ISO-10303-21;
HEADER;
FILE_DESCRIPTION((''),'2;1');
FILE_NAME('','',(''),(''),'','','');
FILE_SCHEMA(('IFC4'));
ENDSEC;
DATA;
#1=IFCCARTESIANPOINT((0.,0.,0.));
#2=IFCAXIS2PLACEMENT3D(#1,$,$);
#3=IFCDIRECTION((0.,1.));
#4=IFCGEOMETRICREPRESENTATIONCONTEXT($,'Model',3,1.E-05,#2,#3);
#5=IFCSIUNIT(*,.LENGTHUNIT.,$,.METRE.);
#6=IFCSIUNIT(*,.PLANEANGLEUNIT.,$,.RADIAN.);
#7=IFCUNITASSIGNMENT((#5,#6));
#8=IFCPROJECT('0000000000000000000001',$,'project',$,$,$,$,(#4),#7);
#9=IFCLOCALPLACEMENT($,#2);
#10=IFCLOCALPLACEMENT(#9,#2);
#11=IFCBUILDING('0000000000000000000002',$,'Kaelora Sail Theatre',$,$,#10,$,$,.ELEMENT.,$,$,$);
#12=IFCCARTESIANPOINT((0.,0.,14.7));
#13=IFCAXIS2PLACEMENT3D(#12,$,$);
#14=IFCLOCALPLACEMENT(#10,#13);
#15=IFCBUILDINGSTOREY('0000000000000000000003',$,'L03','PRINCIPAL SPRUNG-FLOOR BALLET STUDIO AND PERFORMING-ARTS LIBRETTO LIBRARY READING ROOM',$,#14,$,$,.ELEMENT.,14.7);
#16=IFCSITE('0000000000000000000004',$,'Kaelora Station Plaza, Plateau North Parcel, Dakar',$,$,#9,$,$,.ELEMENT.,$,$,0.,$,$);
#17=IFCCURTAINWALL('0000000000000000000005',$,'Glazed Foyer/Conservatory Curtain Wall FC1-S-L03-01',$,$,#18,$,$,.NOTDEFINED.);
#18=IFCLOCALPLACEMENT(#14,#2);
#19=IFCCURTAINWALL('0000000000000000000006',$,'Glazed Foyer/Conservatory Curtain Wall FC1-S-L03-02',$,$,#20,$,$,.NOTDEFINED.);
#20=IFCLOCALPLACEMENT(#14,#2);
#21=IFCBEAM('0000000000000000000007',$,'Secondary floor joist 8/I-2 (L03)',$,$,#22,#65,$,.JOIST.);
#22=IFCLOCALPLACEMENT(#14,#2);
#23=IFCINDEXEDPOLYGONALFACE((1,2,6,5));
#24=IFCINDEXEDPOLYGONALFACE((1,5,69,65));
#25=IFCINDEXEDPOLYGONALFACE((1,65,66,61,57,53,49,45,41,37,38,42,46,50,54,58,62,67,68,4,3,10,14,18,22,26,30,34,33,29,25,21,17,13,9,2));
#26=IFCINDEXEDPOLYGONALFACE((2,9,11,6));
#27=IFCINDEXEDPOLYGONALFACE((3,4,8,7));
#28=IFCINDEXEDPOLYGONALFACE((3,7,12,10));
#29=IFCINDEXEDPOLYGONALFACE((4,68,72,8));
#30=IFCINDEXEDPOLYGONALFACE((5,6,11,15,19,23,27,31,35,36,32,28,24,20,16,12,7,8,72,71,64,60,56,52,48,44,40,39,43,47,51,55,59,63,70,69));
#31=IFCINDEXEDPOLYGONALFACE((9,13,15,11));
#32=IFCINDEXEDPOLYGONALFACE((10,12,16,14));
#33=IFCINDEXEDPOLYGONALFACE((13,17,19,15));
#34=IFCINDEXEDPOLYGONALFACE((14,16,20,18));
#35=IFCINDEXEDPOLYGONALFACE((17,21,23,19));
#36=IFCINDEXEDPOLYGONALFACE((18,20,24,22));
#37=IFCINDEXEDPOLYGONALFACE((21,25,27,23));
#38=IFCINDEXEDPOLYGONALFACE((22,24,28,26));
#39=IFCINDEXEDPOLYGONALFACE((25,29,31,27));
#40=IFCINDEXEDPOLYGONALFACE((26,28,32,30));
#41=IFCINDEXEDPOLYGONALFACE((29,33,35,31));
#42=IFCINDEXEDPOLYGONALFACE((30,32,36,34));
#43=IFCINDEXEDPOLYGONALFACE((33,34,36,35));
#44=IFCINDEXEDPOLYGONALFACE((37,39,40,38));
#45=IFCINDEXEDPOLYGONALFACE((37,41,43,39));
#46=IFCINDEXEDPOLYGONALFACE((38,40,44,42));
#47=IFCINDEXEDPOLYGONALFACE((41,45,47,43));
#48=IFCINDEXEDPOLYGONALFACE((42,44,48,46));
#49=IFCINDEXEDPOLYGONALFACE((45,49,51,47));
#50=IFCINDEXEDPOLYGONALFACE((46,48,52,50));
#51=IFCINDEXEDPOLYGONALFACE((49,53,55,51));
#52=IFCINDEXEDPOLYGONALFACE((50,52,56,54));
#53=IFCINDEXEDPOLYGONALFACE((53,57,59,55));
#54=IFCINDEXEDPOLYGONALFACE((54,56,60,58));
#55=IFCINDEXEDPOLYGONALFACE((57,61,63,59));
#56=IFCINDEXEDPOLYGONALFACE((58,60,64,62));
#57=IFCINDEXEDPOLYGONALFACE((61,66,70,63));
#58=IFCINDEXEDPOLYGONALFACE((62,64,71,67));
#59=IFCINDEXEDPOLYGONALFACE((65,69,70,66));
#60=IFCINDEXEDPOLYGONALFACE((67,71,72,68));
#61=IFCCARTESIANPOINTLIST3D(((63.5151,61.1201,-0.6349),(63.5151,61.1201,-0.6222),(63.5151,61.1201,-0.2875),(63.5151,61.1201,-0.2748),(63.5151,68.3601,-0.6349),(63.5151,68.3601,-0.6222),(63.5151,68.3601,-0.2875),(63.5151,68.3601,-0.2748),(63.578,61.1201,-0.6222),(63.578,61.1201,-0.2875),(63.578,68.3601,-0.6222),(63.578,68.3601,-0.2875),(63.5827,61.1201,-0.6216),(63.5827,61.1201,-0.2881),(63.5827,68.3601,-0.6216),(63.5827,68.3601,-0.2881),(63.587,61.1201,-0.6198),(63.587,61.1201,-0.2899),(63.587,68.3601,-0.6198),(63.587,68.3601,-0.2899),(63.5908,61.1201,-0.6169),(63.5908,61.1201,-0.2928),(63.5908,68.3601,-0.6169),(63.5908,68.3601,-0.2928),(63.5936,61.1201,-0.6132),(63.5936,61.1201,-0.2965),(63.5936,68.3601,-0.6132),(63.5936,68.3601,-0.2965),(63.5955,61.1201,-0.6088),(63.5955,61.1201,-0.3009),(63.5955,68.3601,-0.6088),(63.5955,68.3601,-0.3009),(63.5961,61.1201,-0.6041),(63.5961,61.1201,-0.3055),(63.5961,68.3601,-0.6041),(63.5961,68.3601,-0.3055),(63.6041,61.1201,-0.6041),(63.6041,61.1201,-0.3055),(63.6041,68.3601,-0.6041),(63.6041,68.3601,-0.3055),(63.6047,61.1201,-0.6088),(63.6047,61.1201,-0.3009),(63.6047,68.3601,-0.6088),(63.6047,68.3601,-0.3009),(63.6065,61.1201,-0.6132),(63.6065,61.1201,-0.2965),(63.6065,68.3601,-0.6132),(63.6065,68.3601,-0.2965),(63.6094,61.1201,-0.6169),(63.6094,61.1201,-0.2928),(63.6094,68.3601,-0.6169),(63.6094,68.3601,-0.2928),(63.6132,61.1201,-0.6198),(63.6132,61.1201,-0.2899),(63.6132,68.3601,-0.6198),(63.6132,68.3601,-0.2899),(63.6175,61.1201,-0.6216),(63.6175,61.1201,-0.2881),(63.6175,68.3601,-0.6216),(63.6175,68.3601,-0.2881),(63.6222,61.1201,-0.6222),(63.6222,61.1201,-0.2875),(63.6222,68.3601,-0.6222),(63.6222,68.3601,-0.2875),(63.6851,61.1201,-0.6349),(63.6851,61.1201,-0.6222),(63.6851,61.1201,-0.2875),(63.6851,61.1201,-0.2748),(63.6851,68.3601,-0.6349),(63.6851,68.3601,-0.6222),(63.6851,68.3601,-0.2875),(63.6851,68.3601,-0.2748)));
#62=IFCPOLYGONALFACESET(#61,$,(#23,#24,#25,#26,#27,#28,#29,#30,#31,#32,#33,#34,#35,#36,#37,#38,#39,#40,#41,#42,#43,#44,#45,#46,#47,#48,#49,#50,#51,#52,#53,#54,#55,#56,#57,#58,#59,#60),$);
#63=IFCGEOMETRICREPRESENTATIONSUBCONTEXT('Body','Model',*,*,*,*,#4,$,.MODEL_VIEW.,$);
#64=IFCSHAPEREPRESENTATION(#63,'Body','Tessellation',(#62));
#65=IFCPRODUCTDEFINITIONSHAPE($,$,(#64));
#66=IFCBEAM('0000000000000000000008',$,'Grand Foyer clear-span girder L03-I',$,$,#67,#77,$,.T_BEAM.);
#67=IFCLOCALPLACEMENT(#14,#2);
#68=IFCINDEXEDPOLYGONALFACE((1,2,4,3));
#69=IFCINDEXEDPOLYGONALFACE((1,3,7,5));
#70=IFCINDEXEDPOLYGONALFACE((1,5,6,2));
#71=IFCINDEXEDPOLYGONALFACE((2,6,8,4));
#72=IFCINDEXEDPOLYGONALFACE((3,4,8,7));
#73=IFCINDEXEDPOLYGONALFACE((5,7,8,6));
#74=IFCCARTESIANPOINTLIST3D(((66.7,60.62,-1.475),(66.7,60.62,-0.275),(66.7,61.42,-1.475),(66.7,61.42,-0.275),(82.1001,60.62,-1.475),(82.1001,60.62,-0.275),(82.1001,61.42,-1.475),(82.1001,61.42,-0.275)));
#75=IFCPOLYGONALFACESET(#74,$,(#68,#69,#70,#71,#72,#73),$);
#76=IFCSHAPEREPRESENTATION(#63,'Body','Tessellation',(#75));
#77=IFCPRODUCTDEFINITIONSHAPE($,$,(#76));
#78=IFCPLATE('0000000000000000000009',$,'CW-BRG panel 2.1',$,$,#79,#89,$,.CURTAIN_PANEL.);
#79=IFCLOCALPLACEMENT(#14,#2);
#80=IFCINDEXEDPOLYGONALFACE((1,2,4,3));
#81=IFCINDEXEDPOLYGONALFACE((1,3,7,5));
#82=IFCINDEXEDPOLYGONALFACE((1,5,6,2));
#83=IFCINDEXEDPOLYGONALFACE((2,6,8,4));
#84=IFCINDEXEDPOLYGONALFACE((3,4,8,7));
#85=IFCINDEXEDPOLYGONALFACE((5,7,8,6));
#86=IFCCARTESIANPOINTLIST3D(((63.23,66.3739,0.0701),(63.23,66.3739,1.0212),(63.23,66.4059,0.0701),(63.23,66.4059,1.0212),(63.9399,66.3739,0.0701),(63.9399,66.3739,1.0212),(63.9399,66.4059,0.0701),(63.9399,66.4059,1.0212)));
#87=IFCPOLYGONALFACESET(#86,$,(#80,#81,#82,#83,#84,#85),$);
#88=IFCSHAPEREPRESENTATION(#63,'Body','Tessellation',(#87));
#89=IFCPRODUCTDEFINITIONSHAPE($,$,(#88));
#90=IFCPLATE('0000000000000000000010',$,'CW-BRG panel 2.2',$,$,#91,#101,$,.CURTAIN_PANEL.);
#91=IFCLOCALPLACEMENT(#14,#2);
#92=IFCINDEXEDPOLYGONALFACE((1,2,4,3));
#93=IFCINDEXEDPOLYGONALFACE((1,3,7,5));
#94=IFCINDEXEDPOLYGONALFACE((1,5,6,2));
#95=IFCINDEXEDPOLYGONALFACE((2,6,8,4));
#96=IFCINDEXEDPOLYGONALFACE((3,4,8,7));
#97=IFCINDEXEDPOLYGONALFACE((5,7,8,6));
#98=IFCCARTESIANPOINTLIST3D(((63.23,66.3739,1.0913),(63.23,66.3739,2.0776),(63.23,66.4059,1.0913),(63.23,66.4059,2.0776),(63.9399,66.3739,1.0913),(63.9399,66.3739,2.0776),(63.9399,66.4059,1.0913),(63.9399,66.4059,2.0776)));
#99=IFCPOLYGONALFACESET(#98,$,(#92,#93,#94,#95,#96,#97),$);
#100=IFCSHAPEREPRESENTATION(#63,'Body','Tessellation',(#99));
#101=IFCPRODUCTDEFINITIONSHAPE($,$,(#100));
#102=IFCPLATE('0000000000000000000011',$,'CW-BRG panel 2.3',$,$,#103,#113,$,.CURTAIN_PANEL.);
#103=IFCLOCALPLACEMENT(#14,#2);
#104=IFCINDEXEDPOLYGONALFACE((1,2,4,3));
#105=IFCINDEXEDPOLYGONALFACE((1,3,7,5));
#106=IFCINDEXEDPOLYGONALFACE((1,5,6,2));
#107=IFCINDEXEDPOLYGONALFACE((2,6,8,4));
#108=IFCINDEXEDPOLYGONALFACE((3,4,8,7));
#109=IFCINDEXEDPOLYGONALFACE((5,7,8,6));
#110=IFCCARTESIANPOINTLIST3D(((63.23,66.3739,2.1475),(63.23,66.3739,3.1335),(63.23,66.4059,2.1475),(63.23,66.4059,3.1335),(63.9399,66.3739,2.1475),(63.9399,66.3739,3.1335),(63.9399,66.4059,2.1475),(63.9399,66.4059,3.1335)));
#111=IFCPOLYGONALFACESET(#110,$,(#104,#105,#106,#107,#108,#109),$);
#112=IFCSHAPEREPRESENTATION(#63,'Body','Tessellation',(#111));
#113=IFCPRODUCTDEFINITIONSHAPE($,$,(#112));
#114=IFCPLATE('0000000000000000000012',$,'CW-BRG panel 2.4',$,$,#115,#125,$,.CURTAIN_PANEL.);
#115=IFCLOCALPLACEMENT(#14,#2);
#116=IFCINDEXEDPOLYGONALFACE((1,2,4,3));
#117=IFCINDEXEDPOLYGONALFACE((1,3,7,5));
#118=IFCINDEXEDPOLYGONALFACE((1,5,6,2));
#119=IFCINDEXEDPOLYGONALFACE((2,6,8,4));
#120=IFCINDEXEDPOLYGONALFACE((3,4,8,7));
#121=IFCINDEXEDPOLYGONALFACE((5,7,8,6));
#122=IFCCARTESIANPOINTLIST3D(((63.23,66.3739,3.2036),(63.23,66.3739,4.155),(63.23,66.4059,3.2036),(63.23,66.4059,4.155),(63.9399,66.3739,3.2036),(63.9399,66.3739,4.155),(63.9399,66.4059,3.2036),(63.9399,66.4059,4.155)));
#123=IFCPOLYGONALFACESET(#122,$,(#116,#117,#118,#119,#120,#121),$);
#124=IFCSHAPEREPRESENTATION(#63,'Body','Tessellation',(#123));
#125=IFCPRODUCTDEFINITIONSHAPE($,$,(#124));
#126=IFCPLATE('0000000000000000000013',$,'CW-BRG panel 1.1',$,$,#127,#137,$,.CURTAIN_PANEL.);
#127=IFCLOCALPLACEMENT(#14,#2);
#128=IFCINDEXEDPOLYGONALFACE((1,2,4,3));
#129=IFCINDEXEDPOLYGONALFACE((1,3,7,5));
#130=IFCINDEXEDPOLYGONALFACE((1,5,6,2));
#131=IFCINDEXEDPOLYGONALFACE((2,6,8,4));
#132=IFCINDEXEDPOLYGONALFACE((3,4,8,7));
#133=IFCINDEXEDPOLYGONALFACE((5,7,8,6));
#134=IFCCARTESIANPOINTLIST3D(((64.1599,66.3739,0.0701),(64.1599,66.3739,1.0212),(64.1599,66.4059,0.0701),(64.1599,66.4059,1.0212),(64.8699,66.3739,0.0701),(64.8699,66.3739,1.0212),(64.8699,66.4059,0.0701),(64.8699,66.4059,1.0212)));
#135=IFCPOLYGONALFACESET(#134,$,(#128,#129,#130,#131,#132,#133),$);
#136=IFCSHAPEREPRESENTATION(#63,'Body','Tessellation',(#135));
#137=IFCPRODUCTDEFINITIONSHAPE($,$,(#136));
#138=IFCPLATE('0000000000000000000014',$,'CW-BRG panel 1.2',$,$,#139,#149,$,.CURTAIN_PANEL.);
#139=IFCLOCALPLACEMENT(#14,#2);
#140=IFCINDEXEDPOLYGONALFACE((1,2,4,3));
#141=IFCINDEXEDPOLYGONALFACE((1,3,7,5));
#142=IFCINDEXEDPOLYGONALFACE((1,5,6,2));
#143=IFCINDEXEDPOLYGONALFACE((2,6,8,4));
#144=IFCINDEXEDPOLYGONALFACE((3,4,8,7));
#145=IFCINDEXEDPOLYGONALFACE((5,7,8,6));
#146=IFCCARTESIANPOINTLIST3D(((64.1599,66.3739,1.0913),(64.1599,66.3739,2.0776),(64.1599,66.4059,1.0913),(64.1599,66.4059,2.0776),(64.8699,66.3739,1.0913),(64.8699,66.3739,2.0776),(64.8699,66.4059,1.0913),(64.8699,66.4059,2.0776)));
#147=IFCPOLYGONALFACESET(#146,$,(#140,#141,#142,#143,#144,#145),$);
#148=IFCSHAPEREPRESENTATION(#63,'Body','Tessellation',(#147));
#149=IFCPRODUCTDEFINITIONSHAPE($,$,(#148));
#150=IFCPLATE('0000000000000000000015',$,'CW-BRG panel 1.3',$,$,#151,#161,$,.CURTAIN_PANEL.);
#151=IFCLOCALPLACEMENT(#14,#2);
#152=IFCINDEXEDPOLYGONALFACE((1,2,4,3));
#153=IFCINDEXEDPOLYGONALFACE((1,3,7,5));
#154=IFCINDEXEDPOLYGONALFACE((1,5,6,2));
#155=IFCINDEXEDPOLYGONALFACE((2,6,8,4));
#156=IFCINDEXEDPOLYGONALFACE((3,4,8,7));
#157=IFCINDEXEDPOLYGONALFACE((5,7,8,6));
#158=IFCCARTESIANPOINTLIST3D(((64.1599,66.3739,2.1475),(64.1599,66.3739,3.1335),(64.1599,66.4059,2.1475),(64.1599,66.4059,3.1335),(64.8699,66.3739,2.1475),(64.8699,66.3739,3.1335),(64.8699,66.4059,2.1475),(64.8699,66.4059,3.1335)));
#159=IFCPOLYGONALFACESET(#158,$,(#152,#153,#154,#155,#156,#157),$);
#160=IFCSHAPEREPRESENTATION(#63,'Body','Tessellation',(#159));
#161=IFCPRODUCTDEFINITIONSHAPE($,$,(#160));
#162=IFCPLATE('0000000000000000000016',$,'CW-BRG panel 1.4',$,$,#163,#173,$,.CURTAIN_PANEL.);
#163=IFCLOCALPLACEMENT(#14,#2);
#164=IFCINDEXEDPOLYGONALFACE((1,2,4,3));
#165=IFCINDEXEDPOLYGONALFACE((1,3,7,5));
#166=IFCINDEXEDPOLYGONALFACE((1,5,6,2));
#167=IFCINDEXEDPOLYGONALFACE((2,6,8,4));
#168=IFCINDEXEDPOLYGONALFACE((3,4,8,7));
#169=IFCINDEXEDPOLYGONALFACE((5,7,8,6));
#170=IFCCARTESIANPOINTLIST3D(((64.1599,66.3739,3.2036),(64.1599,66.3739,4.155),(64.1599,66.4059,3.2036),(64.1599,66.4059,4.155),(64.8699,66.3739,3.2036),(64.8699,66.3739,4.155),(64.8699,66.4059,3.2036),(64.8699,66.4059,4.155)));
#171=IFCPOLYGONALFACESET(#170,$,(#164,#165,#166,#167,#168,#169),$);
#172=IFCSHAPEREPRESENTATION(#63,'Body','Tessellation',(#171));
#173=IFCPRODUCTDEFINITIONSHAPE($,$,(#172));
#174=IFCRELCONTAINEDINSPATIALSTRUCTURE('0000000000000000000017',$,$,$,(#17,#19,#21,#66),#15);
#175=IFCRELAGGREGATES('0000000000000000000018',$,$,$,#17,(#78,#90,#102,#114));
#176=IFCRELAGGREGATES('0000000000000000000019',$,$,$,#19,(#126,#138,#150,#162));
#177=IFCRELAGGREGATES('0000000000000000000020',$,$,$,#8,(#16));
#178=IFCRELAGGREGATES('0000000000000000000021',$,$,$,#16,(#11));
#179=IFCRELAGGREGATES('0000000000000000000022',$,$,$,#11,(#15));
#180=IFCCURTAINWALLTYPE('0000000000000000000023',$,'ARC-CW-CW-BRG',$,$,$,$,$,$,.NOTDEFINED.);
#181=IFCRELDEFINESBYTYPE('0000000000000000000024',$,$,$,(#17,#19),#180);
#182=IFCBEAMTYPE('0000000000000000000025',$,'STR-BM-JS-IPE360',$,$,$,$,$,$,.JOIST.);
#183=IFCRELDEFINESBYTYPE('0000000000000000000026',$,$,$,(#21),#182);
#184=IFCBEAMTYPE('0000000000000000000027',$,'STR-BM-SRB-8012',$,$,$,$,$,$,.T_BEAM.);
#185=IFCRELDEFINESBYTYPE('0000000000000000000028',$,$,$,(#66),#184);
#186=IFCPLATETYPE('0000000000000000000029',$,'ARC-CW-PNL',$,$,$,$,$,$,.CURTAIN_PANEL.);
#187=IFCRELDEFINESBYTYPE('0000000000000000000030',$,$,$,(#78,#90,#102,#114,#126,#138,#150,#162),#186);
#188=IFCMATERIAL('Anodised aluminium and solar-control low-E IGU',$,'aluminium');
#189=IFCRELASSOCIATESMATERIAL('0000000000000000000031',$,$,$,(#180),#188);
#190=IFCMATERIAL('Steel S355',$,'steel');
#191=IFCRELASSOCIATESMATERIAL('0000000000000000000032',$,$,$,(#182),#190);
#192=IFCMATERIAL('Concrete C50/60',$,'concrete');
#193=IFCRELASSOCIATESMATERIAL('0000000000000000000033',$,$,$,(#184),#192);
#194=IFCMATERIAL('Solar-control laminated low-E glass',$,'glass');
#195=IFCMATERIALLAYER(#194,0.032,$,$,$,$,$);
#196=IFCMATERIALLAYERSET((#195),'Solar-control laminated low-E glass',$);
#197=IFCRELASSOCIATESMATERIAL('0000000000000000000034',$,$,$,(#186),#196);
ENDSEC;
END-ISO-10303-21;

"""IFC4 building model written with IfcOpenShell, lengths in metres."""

from ifc_helpers import new_model, si_unit, direction, frame, origin, origin_2d, place, context, subcontext, project, spatial, rectangle, i_section, extrude, material, layer, layer_set, material_profile, profile_set, type_object, element, aggregate, save


model = new_model("IFC4")

# Units and contexts
model_context = context("Model", 3, precision=1e-05, world=origin(), true_north=direction((0.0, 1.0)))
body_context = subcontext(model_context, "Body", "Model", "MODEL_VIEW")
ifc_project = project(units=[si_unit("LENGTHUNIT", "METRE"), si_unit("PLANEANGLEUNIT", "RADIAN")], contexts=[model_context])

# Site, building, storey
site_placement = place(None, origin())
site = spatial("IfcSite", under=ifc_project, at=site_placement, Name="Kaelora Station Plaza, Plateau North Parcel, Dakar", CompositionType="ELEMENT", RefElevation=0.0)
building_placement = place(site_placement, origin())
building = spatial("IfcBuilding", under=site, at=building_placement, Name="Kaelora Sail Theatre", CompositionType="ELEMENT")
storey_placement = place(building_placement, frame((0.0, 0.0, 14.7)))
storey = spatial("IfcBuildingStorey", under=building, at=storey_placement, Name="L03", Description="PRINCIPAL SPRUNG-FLOOR BALLET STUDIO AND PERFORMING-ARTS LIBRETTO LIBRARY READING ROOM", CompositionType="ELEMENT", Elevation=14.7)

# Curtain wall
ifc_material_1 = material(Name="Anodised aluminium and solar-control low-E IGU", Category="aluminium")
curtain_wall_type = type_object("IfcCurtainWallType", Name="ARC-CW-CW-BRG", PredefinedType="NOTDEFINED", material=ifc_material_1)
curtain_wall_1_placement = place(storey_placement, origin())
curtain_wall_1 = element("IfcCurtainWall", 1, at=curtain_wall_1_placement, inside=storey, type_object=curtain_wall_type, Name="Glazed Foyer/Conservatory Curtain Wall FC1-S-L03-01", PredefinedType="NOTDEFINED")

# Curtain wall
curtain_wall_2_placement = place(storey_placement, origin())
curtain_wall_2 = element("IfcCurtainWall", 2, at=curtain_wall_2_placement, inside=storey, type_object=curtain_wall_type, Name="Glazed Foyer/Conservatory Curtain Wall FC1-S-L03-02", PredefinedType="NOTDEFINED")

# Beams
ifc_material_2 = material(Name="Steel S355", Category="steel")
ifc_material_profile_1 = material_profile(ifc_material_2, i_section(OverallWidth=0.1699, OverallDepth=0.3601, WebThickness=0.0081, FlangeThickness=0.0127, FilletRadius=0.0181, at=origin_2d()), Name="IPE 360")
ifc_profile_set_1 = profile_set([ifc_material_profile_1], Name="Steel S355")
beam_type_1 = type_object("IfcBeamType", Name="STR-BM-JS-IPE360", PredefinedType="JOIST", material=ifc_profile_set_1)
beam_1_placement = place(storey_placement, frame((63.6001, 61.1201, -0.4548), z_axis=(0.0, 1.0, 0.0), x_axis=(-1.0, 0.0, 0.0)))
element("IfcBeam", 3, at=beam_1_placement, inside=storey, type_object=beam_type_1, Name="Secondary floor joist 8/I-2 (L03)", PredefinedType="JOIST", context=body_context, shape_type="SweptSolid", body=[
    extrude(i_section(OverallWidth=0.1699, OverallDepth=0.3601, WebThickness=0.0081, FlangeThickness=0.0127, FilletRadius=0.0181, at=origin_2d()), origin(), (0.0, 0.0, 1.0), 7.24),
])
ifc_material_3 = material(Name="Concrete C50/60", Category="concrete")
ifc_material_profile_2 = material_profile(ifc_material_3, rectangle(XDim=0.8, YDim=1.2, at=origin_2d()), Name="RC-SRB 800x1200")
ifc_profile_set_2 = profile_set([ifc_material_profile_2], Name="Concrete C50/60")
beam_type_2 = type_object("IfcBeamType", Name="STR-BM-SRB-8012", PredefinedType="T_BEAM", material=ifc_profile_set_2)
beam_2_placement = place(storey_placement, frame((66.7, 61.02, -0.875), z_axis=(1.0, 0.0, 0.0), x_axis=(0.0, 1.0, 0.0)))
element("IfcBeam", 4, at=beam_2_placement, inside=storey, type_object=beam_type_2, Name="Grand Foyer clear-span girder L03-I", PredefinedType="T_BEAM", context=body_context, shape_type="SweptSolid", body=[
    extrude(rectangle(XDim=0.8, YDim=1.2, at=origin_2d()), origin(), (0.0, 0.0, 1.0), 15.4001),
])

# Plates
ifc_material_4 = material(Name="Solar-control laminated low-E glass", Category="glass")
ifc_layer = layer(ifc_material_4, 0.032)
ifc_layer_set = layer_set([ifc_layer], Name="Solar-control laminated low-E glass")
plate_type = type_object("IfcPlateType", Name="ARC-CW-PNL", PredefinedType="CURTAIN_PANEL", material=ifc_layer_set)
plate_1_placement = place(storey_placement, frame((63.585, 66.3899, 0.0701), z_axis=(0.0, 0.0, 1.0), x_axis=(1.0, 0.0, 0.0)))
plate_1 = element("IfcPlate", 5, at=plate_1_placement, type_object=plate_type, Name="CW-BRG panel 2.1", PredefinedType="CURTAIN_PANEL", context=body_context, shape_type="SweptSolid", body=[
    extrude(rectangle(XDim=0.71, YDim=0.032, at=origin_2d()), origin(), (0.0, 0.0, 1.0), 0.9512),
])
plate_2_placement = place(storey_placement, frame((63.585, 66.3899, 1.0913), z_axis=(0.0, 0.0, 1.0), x_axis=(1.0, 0.0, 0.0)))
plate_2 = element("IfcPlate", 6, at=plate_2_placement, type_object=plate_type, Name="CW-BRG panel 2.2", PredefinedType="CURTAIN_PANEL", context=body_context, shape_type="SweptSolid", body=[
    extrude(rectangle(XDim=0.71, YDim=0.032, at=origin_2d()), origin(), (0.0, 0.0, 1.0), 0.9863),
])
plate_3_placement = place(storey_placement, frame((63.585, 66.3899, 2.1475), z_axis=(0.0, 0.0, 1.0), x_axis=(1.0, 0.0, 0.0)))
plate_3 = element("IfcPlate", 7, at=plate_3_placement, type_object=plate_type, Name="CW-BRG panel 2.3", PredefinedType="CURTAIN_PANEL", context=body_context, shape_type="SweptSolid", body=[
    extrude(rectangle(XDim=0.71, YDim=0.032, at=origin_2d()), origin(), (0.0, 0.0, 1.0), 0.9861),
])
plate_4_placement = place(storey_placement, frame((63.585, 66.3899, 3.2036), z_axis=(0.0, 0.0, 1.0), x_axis=(1.0, 0.0, 0.0)))
plate_4 = element("IfcPlate", 8, at=plate_4_placement, type_object=plate_type, Name="CW-BRG panel 2.4", PredefinedType="CURTAIN_PANEL", context=body_context, shape_type="SweptSolid", body=[
    extrude(rectangle(XDim=0.71, YDim=0.032, at=origin_2d()), origin(), (0.0, 0.0, 1.0), 0.9514),
])
aggregate(curtain_wall_1, [plate_1, plate_2, plate_3, plate_4])
plate_5_placement = place(storey_placement, frame((64.5149, 66.3899, 0.0701), z_axis=(0.0, 0.0, 1.0), x_axis=(1.0, 0.0, 0.0)))
plate_5 = element("IfcPlate", 9, at=plate_5_placement, type_object=plate_type, Name="CW-BRG panel 1.1", PredefinedType="CURTAIN_PANEL", context=body_context, shape_type="SweptSolid", body=[
    extrude(rectangle(XDim=0.71, YDim=0.032, at=origin_2d()), origin(), (0.0, 0.0, 1.0), 0.9512),
])
plate_6_placement = place(storey_placement, frame((64.5149, 66.3899, 1.0913), z_axis=(0.0, 0.0, 1.0), x_axis=(1.0, 0.0, 0.0)))
plate_6 = element("IfcPlate", 10, at=plate_6_placement, type_object=plate_type, Name="CW-BRG panel 1.2", PredefinedType="CURTAIN_PANEL", context=body_context, shape_type="SweptSolid", body=[
    extrude(rectangle(XDim=0.71, YDim=0.032, at=origin_2d()), origin(), (0.0, 0.0, 1.0), 0.9863),
])
plate_7_placement = place(storey_placement, frame((64.5149, 66.3899, 2.1475), z_axis=(0.0, 0.0, 1.0), x_axis=(1.0, 0.0, 0.0)))
plate_7 = element("IfcPlate", 11, at=plate_7_placement, type_object=plate_type, Name="CW-BRG panel 1.3", PredefinedType="CURTAIN_PANEL", context=body_context, shape_type="SweptSolid", body=[
    extrude(rectangle(XDim=0.71, YDim=0.032, at=origin_2d()), origin(), (0.0, 0.0, 1.0), 0.9861),
])
plate_8_placement = place(storey_placement, frame((64.5149, 66.3899, 3.2036), z_axis=(0.0, 0.0, 1.0), x_axis=(1.0, 0.0, 0.0)))
plate_8 = element("IfcPlate", 12, at=plate_8_placement, type_object=plate_type, Name="CW-BRG panel 1.4", PredefinedType="CURTAIN_PANEL", context=body_context, shape_type="SweptSolid", body=[
    extrude(rectangle(XDim=0.71, YDim=0.032, at=origin_2d()), origin(), (0.0, 0.0, 1.0), 0.9514),
])
aggregate(curtain_wall_2, [plate_5, plate_6, plate_7, plate_8])

save(model, "model.ifc")
